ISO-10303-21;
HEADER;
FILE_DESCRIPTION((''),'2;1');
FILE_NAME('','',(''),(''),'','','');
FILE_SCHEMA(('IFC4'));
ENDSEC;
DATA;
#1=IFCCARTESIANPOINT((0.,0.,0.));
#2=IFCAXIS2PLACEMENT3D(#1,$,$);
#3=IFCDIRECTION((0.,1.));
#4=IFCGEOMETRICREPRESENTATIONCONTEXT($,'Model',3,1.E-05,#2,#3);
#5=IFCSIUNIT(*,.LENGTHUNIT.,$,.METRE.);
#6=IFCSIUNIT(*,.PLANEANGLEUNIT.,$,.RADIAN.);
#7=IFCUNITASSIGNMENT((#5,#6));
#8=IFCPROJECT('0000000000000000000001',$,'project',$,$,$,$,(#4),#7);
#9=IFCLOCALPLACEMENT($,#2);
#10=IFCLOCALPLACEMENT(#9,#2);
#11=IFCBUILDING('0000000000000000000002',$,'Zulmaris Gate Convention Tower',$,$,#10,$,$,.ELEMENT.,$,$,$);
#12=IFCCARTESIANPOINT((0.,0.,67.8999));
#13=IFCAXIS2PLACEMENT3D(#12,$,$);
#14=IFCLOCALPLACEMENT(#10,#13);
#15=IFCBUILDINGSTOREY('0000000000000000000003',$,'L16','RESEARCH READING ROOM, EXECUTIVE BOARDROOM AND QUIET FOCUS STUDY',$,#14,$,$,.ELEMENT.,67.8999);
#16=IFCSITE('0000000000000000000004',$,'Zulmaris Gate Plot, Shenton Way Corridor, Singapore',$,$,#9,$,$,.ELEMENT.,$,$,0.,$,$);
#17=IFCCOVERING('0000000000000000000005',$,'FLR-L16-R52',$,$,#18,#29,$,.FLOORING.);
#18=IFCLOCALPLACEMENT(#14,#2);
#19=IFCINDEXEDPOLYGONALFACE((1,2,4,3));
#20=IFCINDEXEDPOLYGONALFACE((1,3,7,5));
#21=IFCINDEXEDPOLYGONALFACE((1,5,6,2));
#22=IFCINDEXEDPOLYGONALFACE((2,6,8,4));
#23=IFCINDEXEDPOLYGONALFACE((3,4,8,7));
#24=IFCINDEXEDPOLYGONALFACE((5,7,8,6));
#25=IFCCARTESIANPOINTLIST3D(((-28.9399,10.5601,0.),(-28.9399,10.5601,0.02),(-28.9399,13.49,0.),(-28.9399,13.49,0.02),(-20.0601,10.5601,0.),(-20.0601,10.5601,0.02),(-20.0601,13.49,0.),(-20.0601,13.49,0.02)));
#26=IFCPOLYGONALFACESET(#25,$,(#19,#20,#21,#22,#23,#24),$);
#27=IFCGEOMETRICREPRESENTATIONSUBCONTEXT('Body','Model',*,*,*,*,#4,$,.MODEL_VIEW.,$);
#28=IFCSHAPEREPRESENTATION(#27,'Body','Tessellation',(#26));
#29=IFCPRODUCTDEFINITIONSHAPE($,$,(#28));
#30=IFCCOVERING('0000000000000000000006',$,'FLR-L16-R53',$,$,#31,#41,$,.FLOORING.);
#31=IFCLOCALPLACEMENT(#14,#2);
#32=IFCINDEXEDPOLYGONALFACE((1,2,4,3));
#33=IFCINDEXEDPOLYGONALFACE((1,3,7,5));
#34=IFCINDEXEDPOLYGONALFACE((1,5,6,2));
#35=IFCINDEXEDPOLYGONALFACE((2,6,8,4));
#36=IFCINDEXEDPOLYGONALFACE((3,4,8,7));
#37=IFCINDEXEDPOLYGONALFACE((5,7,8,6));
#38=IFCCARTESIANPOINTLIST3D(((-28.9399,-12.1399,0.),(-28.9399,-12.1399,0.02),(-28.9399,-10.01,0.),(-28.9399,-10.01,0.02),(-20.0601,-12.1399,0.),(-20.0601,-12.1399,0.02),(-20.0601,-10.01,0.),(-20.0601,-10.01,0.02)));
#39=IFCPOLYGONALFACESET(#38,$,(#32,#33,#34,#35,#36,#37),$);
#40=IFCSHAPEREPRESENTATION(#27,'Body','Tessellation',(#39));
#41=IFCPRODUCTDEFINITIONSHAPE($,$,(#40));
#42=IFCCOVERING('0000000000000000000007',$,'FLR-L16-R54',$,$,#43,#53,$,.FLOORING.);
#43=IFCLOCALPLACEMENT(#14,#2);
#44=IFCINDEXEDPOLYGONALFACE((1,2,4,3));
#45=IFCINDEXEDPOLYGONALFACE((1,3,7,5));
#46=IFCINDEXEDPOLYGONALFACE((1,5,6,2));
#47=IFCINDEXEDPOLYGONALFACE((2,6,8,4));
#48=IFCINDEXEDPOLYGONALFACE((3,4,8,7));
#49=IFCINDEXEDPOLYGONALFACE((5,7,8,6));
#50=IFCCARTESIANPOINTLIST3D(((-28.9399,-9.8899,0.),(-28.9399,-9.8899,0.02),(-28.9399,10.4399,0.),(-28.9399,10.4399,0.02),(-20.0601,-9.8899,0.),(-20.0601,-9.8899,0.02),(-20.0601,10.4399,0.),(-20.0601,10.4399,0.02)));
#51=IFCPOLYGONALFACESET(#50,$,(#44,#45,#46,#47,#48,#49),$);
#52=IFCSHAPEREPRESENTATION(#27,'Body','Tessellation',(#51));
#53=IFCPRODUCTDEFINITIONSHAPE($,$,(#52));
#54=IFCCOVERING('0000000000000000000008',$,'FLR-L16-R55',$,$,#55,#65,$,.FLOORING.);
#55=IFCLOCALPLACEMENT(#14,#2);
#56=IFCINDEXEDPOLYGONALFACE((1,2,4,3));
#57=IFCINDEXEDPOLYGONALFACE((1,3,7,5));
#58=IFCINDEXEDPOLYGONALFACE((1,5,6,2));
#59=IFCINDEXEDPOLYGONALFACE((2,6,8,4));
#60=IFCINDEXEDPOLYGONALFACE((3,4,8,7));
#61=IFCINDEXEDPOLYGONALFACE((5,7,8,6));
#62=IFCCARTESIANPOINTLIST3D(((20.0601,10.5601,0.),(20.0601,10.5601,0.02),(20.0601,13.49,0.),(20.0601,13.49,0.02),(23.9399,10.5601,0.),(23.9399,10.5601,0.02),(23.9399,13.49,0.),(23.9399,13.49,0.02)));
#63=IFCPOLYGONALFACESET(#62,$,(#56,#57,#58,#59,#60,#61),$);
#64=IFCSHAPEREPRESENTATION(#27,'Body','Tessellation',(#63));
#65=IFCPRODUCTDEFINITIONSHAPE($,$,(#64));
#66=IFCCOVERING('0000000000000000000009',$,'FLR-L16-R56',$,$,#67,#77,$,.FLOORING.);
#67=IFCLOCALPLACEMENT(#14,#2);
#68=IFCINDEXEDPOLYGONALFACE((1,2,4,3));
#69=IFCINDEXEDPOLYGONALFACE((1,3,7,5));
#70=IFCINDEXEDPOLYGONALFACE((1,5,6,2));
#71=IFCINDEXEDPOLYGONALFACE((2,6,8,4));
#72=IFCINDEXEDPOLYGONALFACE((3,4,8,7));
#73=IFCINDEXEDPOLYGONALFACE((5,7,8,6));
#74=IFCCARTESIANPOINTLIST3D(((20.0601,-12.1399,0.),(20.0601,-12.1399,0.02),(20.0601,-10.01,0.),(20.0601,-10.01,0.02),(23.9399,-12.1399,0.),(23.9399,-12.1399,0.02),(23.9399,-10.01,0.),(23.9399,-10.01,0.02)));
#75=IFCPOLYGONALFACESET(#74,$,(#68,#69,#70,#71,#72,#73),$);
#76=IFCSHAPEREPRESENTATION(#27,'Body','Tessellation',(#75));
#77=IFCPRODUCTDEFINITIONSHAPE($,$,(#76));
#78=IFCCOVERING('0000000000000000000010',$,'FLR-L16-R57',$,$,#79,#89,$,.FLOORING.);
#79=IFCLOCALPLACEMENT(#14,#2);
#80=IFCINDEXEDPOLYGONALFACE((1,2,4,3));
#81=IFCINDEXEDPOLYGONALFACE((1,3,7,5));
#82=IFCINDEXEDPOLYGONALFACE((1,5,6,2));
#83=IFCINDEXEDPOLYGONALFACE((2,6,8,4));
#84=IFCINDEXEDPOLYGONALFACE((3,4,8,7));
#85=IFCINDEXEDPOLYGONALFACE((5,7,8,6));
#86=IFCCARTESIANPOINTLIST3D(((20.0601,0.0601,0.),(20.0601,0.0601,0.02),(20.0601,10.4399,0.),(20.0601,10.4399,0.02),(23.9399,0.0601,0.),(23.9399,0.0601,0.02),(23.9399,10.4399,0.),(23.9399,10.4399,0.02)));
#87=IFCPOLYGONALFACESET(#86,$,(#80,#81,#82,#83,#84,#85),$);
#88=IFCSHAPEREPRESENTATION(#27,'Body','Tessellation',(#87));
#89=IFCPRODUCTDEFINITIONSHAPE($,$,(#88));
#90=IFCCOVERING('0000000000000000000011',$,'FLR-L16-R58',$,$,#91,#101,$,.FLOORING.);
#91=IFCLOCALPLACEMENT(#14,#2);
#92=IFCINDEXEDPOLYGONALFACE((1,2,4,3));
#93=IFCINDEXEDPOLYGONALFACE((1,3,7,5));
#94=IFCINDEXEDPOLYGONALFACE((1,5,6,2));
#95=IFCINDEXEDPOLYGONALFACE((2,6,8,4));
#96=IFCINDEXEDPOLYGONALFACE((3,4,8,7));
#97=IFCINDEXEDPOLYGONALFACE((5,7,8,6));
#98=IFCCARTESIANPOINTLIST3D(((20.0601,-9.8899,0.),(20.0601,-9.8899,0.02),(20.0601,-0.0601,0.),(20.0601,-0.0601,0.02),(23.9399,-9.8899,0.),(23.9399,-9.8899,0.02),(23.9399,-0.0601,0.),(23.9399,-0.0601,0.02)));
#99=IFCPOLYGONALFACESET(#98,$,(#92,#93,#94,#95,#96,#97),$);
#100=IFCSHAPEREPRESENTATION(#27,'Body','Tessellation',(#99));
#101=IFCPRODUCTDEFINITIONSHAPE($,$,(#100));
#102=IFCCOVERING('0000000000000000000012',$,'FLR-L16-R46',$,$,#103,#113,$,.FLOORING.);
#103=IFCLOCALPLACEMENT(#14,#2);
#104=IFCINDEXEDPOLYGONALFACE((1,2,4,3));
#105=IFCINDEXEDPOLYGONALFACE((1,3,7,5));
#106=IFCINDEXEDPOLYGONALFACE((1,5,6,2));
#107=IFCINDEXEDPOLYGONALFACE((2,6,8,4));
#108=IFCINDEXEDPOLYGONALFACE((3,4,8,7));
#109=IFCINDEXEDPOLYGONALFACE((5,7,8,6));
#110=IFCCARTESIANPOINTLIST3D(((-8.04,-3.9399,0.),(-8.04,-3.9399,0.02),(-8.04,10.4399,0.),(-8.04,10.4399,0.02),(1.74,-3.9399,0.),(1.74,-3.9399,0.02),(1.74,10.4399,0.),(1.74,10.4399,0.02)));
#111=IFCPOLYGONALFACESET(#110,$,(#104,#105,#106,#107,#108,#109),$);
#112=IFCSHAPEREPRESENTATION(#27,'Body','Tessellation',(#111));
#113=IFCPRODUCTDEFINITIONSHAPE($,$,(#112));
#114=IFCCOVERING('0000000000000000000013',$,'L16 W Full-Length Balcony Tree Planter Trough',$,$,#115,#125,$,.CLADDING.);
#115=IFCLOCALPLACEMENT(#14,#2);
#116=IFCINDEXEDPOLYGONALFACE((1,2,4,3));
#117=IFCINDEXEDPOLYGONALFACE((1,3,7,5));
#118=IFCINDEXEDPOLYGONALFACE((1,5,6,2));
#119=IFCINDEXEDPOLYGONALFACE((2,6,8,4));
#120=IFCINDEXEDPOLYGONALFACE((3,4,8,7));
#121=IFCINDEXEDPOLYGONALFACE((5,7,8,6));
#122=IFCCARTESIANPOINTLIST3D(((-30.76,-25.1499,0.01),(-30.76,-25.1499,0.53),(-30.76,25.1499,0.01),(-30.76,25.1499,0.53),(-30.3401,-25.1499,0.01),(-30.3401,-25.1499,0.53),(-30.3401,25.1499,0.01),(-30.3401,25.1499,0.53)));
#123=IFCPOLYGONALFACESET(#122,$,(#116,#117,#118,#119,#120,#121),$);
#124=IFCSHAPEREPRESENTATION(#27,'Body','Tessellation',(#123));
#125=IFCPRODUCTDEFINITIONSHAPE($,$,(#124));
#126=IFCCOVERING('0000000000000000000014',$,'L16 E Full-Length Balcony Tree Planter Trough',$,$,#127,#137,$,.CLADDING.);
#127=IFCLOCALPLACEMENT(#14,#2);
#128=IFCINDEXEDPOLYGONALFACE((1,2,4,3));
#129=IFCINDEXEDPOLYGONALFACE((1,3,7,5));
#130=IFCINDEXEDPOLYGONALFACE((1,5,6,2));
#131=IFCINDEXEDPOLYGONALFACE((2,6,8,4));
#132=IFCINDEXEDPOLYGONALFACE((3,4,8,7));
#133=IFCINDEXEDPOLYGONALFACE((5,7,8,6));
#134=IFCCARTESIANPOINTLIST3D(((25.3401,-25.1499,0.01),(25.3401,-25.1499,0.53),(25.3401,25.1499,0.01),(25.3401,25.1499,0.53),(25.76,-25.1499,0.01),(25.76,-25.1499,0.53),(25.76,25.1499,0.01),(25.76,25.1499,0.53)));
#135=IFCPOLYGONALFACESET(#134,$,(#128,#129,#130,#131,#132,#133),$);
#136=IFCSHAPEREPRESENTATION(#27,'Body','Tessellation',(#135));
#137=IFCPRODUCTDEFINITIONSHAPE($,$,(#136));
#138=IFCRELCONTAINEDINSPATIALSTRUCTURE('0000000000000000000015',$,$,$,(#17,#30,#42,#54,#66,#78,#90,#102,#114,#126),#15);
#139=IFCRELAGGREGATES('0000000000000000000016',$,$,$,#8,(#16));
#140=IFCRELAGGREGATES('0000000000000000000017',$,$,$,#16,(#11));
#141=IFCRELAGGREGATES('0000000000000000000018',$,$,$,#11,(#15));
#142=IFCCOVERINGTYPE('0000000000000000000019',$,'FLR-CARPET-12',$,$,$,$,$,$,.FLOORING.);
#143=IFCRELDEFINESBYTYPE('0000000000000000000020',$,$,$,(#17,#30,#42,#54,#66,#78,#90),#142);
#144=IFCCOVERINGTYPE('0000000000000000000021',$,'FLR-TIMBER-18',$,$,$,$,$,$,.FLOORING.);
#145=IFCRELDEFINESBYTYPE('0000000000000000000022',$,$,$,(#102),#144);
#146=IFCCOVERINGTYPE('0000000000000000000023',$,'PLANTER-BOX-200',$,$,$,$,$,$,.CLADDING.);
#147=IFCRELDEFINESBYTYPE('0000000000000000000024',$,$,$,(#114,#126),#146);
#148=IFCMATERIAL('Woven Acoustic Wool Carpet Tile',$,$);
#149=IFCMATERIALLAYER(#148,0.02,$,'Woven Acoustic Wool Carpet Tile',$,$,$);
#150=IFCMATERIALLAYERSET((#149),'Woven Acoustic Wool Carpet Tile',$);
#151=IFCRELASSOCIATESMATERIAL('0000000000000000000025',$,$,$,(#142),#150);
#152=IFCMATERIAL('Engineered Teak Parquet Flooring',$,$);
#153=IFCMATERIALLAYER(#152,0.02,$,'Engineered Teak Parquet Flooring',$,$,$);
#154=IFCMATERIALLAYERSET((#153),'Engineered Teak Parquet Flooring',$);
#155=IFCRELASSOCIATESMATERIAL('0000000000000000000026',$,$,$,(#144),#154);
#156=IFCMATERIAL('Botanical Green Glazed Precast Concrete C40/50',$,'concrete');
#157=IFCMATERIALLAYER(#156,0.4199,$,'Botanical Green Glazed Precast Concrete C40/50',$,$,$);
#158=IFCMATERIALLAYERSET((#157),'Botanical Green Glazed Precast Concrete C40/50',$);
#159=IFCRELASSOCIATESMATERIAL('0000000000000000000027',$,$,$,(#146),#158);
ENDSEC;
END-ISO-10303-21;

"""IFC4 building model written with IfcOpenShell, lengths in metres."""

from ifc_helpers import new_model, si_unit, direction, frame, origin, place, context, subcontext, project, spatial, polyline, outline, extrude, material, layer, layer_set, type_object, element, save


model = new_model("IFC4")

# Units and contexts
model_context = context("Model", 3, precision=1e-05, world=origin(), true_north=direction((0.0, 1.0)))
body_context = subcontext(model_context, "Body", "Model", "MODEL_VIEW")
ifc_project = project(units=[si_unit("LENGTHUNIT", "METRE"), si_unit("PLANEANGLEUNIT", "RADIAN")], contexts=[model_context])

# Site, building, storey
site_placement = place(None, origin())
site = spatial("IfcSite", under=ifc_project, at=site_placement, Name="Zulmaris Gate Plot, Shenton Way Corridor, Singapore", CompositionType="ELEMENT", RefElevation=0.0)
building_placement = place(site_placement, origin())
building = spatial("IfcBuilding", under=site, at=building_placement, Name="Zulmaris Gate Convention Tower", CompositionType="ELEMENT")
storey_placement = place(building_placement, frame((0.0, 0.0, 67.8999)))
storey = spatial("IfcBuildingStorey", under=building, at=storey_placement, Name="L16", Description="RESEARCH READING ROOM, EXECUTIVE BOARDROOM AND QUIET FOCUS STUDY", CompositionType="ELEMENT", Elevation=67.8999)

# Coverings
ifc_material_1 = material(Name="Woven Acoustic Wool Carpet Tile")
ifc_layer_1 = layer(ifc_material_1, 0.02, Name="Woven Acoustic Wool Carpet Tile")
ifc_layer_set_1 = layer_set([ifc_layer_1], Name="Woven Acoustic Wool Carpet Tile")
covering_type_1 = type_object("IfcCoveringType", Name="FLR-CARPET-12", PredefinedType="FLOORING", material=ifc_layer_set_1)
covering_1_placement = place(storey_placement, origin())
element("IfcCovering", 1, at=covering_1_placement, inside=storey, type_object=covering_type_1, Name="FLR-L16-R52", PredefinedType="FLOORING", context=body_context, shape_type="SweptSolid", body=[
    extrude(outline(polyline([(-28.9399, 10.5601), (-20.0601, 10.5601), (-20.0601, 13.49), (-28.9399, 13.49), (-28.9399, 10.5601)])), origin(), (0.0, 0.0, 1.0), 0.02),
])
covering_2_placement = place(storey_placement, origin())
element("IfcCovering", 2, at=covering_2_placement, inside=storey, type_object=covering_type_1, Name="FLR-L16-R53", PredefinedType="FLOORING", context=body_context, shape_type="SweptSolid", body=[
    extrude(outline(polyline([(-28.9399, -12.1399), (-20.0601, -12.1399), (-20.0601, -10.01), (-28.9399, -10.01), (-28.9399, -12.1399)])), origin(), (0.0, 0.0, 1.0), 0.02),
])
covering_3_placement = place(storey_placement, origin())
element("IfcCovering", 3, at=covering_3_placement, inside=storey, type_object=covering_type_1, Name="FLR-L16-R54", PredefinedType="FLOORING", context=body_context, shape_type="SweptSolid", body=[
    extrude(outline(polyline([(-28.9399, -9.8899), (-20.0601, -9.8899), (-20.0601, 10.4399), (-28.9399, 10.4399), (-28.9399, -9.8899)])), origin(), (0.0, 0.0, 1.0), 0.02),
])
covering_4_placement = place(storey_placement, origin())
element("IfcCovering", 4, at=covering_4_placement, inside=storey, type_object=covering_type_1, Name="FLR-L16-R55", PredefinedType="FLOORING", context=body_context, shape_type="SweptSolid", body=[
    extrude(outline(polyline([(20.0601, 10.5601), (23.9399, 10.5601), (23.9399, 13.49), (20.0601, 13.49), (20.0601, 10.5601)])), origin(), (0.0, 0.0, 1.0), 0.02),
])
covering_5_placement = place(storey_placement, origin())
element("IfcCovering", 5, at=covering_5_placement, inside=storey, type_object=covering_type_1, Name="FLR-L16-R56", PredefinedType="FLOORING", context=body_context, shape_type="SweptSolid", body=[
    extrude(outline(polyline([(20.0601, -12.1399), (23.9399, -12.1399), (23.9399, -10.01), (20.0601, -10.01), (20.0601, -12.1399)])), origin(), (0.0, 0.0, 1.0), 0.02),
])
covering_6_placement = place(storey_placement, origin())
element("IfcCovering", 6, at=covering_6_placement, inside=storey, type_object=covering_type_1, Name="FLR-L16-R57", PredefinedType="FLOORING", context=body_context, shape_type="SweptSolid", body=[
    extrude(outline(polyline([(20.0601, 0.0601), (23.9399, 0.0601), (23.9399, 10.4399), (20.0601, 10.4399), (20.0601, 0.0601)])), origin(), (0.0, 0.0, 1.0), 0.02),
])
covering_7_placement = place(storey_placement, origin())
element("IfcCovering", 7, at=covering_7_placement, inside=storey, type_object=covering_type_1, Name="FLR-L16-R58", PredefinedType="FLOORING", context=body_context, shape_type="SweptSolid", body=[
    extrude(outline(polyline([(20.0601, -9.8899), (23.9399, -9.8899), (23.9399, -0.0601), (20.0601, -0.0601), (20.0601, -9.8899)])), origin(), (0.0, 0.0, 1.0), 0.02),
])
ifc_material_2 = material(Name="Engineered Teak Parquet Flooring")
ifc_layer_2 = layer(ifc_material_2, 0.02, Name="Engineered Teak Parquet Flooring")
ifc_layer_set_2 = layer_set([ifc_layer_2], Name="Engineered Teak Parquet Flooring")
covering_type_2 = type_object("IfcCoveringType", Name="FLR-TIMBER-18", PredefinedType="FLOORING", material=ifc_layer_set_2)
covering_8_placement = place(storey_placement, origin())
element("IfcCovering", 8, at=covering_8_placement, inside=storey, type_object=covering_type_2, Name="FLR-L16-R46", PredefinedType="FLOORING", context=body_context, shape_type="SweptSolid", body=[
    extrude(outline(polyline([(-8.04, -3.9399), (1.74, -3.9399), (1.74, 10.4399), (-8.04, 10.4399), (-8.04, -3.9399)])), origin(), (0.0, 0.0, 1.0), 0.02),
])
ifc_material_3 = material(Name="Botanical Green Glazed Precast Concrete C40/50", Category="concrete")
ifc_layer_3 = layer(ifc_material_3, 0.4199, Name="Botanical Green Glazed Precast Concrete C40/50")
ifc_layer_set_3 = layer_set([ifc_layer_3], Name="Botanical Green Glazed Precast Concrete C40/50")
covering_type_3 = type_object("IfcCoveringType", Name="PLANTER-BOX-200", PredefinedType="CLADDING", material=ifc_layer_set_3)
covering_9_placement = place(storey_placement, frame((0.0, 0.0, 0.01)))
element("IfcCovering", 9, at=covering_9_placement, inside=storey, type_object=covering_type_3, Name="L16 W Full-Length Balcony Tree Planter Trough", PredefinedType="CLADDING", context=body_context, shape_type="SweptSolid", body=[
    extrude(outline(polyline([(-30.76, -25.1499), (-30.3401, -25.1499), (-30.3401, 25.1499), (-30.76, 25.1499), (-30.76, -25.1499)])), origin(), (0.0, 0.0, 1.0), 0.52),
])
covering_10_placement = place(storey_placement, frame((0.0, 0.0, 0.01)))
element("IfcCovering", 10, at=covering_10_placement, inside=storey, type_object=covering_type_3, Name="L16 E Full-Length Balcony Tree Planter Trough", PredefinedType="CLADDING", context=body_context, shape_type="SweptSolid", body=[
    extrude(outline(polyline([(25.3401, -25.1499), (25.76, -25.1499), (25.76, 25.1499), (25.3401, 25.1499), (25.3401, -25.1499)])), origin(), (0.0, 0.0, 1.0), 0.52),
])

save(model, "model.ifc")
